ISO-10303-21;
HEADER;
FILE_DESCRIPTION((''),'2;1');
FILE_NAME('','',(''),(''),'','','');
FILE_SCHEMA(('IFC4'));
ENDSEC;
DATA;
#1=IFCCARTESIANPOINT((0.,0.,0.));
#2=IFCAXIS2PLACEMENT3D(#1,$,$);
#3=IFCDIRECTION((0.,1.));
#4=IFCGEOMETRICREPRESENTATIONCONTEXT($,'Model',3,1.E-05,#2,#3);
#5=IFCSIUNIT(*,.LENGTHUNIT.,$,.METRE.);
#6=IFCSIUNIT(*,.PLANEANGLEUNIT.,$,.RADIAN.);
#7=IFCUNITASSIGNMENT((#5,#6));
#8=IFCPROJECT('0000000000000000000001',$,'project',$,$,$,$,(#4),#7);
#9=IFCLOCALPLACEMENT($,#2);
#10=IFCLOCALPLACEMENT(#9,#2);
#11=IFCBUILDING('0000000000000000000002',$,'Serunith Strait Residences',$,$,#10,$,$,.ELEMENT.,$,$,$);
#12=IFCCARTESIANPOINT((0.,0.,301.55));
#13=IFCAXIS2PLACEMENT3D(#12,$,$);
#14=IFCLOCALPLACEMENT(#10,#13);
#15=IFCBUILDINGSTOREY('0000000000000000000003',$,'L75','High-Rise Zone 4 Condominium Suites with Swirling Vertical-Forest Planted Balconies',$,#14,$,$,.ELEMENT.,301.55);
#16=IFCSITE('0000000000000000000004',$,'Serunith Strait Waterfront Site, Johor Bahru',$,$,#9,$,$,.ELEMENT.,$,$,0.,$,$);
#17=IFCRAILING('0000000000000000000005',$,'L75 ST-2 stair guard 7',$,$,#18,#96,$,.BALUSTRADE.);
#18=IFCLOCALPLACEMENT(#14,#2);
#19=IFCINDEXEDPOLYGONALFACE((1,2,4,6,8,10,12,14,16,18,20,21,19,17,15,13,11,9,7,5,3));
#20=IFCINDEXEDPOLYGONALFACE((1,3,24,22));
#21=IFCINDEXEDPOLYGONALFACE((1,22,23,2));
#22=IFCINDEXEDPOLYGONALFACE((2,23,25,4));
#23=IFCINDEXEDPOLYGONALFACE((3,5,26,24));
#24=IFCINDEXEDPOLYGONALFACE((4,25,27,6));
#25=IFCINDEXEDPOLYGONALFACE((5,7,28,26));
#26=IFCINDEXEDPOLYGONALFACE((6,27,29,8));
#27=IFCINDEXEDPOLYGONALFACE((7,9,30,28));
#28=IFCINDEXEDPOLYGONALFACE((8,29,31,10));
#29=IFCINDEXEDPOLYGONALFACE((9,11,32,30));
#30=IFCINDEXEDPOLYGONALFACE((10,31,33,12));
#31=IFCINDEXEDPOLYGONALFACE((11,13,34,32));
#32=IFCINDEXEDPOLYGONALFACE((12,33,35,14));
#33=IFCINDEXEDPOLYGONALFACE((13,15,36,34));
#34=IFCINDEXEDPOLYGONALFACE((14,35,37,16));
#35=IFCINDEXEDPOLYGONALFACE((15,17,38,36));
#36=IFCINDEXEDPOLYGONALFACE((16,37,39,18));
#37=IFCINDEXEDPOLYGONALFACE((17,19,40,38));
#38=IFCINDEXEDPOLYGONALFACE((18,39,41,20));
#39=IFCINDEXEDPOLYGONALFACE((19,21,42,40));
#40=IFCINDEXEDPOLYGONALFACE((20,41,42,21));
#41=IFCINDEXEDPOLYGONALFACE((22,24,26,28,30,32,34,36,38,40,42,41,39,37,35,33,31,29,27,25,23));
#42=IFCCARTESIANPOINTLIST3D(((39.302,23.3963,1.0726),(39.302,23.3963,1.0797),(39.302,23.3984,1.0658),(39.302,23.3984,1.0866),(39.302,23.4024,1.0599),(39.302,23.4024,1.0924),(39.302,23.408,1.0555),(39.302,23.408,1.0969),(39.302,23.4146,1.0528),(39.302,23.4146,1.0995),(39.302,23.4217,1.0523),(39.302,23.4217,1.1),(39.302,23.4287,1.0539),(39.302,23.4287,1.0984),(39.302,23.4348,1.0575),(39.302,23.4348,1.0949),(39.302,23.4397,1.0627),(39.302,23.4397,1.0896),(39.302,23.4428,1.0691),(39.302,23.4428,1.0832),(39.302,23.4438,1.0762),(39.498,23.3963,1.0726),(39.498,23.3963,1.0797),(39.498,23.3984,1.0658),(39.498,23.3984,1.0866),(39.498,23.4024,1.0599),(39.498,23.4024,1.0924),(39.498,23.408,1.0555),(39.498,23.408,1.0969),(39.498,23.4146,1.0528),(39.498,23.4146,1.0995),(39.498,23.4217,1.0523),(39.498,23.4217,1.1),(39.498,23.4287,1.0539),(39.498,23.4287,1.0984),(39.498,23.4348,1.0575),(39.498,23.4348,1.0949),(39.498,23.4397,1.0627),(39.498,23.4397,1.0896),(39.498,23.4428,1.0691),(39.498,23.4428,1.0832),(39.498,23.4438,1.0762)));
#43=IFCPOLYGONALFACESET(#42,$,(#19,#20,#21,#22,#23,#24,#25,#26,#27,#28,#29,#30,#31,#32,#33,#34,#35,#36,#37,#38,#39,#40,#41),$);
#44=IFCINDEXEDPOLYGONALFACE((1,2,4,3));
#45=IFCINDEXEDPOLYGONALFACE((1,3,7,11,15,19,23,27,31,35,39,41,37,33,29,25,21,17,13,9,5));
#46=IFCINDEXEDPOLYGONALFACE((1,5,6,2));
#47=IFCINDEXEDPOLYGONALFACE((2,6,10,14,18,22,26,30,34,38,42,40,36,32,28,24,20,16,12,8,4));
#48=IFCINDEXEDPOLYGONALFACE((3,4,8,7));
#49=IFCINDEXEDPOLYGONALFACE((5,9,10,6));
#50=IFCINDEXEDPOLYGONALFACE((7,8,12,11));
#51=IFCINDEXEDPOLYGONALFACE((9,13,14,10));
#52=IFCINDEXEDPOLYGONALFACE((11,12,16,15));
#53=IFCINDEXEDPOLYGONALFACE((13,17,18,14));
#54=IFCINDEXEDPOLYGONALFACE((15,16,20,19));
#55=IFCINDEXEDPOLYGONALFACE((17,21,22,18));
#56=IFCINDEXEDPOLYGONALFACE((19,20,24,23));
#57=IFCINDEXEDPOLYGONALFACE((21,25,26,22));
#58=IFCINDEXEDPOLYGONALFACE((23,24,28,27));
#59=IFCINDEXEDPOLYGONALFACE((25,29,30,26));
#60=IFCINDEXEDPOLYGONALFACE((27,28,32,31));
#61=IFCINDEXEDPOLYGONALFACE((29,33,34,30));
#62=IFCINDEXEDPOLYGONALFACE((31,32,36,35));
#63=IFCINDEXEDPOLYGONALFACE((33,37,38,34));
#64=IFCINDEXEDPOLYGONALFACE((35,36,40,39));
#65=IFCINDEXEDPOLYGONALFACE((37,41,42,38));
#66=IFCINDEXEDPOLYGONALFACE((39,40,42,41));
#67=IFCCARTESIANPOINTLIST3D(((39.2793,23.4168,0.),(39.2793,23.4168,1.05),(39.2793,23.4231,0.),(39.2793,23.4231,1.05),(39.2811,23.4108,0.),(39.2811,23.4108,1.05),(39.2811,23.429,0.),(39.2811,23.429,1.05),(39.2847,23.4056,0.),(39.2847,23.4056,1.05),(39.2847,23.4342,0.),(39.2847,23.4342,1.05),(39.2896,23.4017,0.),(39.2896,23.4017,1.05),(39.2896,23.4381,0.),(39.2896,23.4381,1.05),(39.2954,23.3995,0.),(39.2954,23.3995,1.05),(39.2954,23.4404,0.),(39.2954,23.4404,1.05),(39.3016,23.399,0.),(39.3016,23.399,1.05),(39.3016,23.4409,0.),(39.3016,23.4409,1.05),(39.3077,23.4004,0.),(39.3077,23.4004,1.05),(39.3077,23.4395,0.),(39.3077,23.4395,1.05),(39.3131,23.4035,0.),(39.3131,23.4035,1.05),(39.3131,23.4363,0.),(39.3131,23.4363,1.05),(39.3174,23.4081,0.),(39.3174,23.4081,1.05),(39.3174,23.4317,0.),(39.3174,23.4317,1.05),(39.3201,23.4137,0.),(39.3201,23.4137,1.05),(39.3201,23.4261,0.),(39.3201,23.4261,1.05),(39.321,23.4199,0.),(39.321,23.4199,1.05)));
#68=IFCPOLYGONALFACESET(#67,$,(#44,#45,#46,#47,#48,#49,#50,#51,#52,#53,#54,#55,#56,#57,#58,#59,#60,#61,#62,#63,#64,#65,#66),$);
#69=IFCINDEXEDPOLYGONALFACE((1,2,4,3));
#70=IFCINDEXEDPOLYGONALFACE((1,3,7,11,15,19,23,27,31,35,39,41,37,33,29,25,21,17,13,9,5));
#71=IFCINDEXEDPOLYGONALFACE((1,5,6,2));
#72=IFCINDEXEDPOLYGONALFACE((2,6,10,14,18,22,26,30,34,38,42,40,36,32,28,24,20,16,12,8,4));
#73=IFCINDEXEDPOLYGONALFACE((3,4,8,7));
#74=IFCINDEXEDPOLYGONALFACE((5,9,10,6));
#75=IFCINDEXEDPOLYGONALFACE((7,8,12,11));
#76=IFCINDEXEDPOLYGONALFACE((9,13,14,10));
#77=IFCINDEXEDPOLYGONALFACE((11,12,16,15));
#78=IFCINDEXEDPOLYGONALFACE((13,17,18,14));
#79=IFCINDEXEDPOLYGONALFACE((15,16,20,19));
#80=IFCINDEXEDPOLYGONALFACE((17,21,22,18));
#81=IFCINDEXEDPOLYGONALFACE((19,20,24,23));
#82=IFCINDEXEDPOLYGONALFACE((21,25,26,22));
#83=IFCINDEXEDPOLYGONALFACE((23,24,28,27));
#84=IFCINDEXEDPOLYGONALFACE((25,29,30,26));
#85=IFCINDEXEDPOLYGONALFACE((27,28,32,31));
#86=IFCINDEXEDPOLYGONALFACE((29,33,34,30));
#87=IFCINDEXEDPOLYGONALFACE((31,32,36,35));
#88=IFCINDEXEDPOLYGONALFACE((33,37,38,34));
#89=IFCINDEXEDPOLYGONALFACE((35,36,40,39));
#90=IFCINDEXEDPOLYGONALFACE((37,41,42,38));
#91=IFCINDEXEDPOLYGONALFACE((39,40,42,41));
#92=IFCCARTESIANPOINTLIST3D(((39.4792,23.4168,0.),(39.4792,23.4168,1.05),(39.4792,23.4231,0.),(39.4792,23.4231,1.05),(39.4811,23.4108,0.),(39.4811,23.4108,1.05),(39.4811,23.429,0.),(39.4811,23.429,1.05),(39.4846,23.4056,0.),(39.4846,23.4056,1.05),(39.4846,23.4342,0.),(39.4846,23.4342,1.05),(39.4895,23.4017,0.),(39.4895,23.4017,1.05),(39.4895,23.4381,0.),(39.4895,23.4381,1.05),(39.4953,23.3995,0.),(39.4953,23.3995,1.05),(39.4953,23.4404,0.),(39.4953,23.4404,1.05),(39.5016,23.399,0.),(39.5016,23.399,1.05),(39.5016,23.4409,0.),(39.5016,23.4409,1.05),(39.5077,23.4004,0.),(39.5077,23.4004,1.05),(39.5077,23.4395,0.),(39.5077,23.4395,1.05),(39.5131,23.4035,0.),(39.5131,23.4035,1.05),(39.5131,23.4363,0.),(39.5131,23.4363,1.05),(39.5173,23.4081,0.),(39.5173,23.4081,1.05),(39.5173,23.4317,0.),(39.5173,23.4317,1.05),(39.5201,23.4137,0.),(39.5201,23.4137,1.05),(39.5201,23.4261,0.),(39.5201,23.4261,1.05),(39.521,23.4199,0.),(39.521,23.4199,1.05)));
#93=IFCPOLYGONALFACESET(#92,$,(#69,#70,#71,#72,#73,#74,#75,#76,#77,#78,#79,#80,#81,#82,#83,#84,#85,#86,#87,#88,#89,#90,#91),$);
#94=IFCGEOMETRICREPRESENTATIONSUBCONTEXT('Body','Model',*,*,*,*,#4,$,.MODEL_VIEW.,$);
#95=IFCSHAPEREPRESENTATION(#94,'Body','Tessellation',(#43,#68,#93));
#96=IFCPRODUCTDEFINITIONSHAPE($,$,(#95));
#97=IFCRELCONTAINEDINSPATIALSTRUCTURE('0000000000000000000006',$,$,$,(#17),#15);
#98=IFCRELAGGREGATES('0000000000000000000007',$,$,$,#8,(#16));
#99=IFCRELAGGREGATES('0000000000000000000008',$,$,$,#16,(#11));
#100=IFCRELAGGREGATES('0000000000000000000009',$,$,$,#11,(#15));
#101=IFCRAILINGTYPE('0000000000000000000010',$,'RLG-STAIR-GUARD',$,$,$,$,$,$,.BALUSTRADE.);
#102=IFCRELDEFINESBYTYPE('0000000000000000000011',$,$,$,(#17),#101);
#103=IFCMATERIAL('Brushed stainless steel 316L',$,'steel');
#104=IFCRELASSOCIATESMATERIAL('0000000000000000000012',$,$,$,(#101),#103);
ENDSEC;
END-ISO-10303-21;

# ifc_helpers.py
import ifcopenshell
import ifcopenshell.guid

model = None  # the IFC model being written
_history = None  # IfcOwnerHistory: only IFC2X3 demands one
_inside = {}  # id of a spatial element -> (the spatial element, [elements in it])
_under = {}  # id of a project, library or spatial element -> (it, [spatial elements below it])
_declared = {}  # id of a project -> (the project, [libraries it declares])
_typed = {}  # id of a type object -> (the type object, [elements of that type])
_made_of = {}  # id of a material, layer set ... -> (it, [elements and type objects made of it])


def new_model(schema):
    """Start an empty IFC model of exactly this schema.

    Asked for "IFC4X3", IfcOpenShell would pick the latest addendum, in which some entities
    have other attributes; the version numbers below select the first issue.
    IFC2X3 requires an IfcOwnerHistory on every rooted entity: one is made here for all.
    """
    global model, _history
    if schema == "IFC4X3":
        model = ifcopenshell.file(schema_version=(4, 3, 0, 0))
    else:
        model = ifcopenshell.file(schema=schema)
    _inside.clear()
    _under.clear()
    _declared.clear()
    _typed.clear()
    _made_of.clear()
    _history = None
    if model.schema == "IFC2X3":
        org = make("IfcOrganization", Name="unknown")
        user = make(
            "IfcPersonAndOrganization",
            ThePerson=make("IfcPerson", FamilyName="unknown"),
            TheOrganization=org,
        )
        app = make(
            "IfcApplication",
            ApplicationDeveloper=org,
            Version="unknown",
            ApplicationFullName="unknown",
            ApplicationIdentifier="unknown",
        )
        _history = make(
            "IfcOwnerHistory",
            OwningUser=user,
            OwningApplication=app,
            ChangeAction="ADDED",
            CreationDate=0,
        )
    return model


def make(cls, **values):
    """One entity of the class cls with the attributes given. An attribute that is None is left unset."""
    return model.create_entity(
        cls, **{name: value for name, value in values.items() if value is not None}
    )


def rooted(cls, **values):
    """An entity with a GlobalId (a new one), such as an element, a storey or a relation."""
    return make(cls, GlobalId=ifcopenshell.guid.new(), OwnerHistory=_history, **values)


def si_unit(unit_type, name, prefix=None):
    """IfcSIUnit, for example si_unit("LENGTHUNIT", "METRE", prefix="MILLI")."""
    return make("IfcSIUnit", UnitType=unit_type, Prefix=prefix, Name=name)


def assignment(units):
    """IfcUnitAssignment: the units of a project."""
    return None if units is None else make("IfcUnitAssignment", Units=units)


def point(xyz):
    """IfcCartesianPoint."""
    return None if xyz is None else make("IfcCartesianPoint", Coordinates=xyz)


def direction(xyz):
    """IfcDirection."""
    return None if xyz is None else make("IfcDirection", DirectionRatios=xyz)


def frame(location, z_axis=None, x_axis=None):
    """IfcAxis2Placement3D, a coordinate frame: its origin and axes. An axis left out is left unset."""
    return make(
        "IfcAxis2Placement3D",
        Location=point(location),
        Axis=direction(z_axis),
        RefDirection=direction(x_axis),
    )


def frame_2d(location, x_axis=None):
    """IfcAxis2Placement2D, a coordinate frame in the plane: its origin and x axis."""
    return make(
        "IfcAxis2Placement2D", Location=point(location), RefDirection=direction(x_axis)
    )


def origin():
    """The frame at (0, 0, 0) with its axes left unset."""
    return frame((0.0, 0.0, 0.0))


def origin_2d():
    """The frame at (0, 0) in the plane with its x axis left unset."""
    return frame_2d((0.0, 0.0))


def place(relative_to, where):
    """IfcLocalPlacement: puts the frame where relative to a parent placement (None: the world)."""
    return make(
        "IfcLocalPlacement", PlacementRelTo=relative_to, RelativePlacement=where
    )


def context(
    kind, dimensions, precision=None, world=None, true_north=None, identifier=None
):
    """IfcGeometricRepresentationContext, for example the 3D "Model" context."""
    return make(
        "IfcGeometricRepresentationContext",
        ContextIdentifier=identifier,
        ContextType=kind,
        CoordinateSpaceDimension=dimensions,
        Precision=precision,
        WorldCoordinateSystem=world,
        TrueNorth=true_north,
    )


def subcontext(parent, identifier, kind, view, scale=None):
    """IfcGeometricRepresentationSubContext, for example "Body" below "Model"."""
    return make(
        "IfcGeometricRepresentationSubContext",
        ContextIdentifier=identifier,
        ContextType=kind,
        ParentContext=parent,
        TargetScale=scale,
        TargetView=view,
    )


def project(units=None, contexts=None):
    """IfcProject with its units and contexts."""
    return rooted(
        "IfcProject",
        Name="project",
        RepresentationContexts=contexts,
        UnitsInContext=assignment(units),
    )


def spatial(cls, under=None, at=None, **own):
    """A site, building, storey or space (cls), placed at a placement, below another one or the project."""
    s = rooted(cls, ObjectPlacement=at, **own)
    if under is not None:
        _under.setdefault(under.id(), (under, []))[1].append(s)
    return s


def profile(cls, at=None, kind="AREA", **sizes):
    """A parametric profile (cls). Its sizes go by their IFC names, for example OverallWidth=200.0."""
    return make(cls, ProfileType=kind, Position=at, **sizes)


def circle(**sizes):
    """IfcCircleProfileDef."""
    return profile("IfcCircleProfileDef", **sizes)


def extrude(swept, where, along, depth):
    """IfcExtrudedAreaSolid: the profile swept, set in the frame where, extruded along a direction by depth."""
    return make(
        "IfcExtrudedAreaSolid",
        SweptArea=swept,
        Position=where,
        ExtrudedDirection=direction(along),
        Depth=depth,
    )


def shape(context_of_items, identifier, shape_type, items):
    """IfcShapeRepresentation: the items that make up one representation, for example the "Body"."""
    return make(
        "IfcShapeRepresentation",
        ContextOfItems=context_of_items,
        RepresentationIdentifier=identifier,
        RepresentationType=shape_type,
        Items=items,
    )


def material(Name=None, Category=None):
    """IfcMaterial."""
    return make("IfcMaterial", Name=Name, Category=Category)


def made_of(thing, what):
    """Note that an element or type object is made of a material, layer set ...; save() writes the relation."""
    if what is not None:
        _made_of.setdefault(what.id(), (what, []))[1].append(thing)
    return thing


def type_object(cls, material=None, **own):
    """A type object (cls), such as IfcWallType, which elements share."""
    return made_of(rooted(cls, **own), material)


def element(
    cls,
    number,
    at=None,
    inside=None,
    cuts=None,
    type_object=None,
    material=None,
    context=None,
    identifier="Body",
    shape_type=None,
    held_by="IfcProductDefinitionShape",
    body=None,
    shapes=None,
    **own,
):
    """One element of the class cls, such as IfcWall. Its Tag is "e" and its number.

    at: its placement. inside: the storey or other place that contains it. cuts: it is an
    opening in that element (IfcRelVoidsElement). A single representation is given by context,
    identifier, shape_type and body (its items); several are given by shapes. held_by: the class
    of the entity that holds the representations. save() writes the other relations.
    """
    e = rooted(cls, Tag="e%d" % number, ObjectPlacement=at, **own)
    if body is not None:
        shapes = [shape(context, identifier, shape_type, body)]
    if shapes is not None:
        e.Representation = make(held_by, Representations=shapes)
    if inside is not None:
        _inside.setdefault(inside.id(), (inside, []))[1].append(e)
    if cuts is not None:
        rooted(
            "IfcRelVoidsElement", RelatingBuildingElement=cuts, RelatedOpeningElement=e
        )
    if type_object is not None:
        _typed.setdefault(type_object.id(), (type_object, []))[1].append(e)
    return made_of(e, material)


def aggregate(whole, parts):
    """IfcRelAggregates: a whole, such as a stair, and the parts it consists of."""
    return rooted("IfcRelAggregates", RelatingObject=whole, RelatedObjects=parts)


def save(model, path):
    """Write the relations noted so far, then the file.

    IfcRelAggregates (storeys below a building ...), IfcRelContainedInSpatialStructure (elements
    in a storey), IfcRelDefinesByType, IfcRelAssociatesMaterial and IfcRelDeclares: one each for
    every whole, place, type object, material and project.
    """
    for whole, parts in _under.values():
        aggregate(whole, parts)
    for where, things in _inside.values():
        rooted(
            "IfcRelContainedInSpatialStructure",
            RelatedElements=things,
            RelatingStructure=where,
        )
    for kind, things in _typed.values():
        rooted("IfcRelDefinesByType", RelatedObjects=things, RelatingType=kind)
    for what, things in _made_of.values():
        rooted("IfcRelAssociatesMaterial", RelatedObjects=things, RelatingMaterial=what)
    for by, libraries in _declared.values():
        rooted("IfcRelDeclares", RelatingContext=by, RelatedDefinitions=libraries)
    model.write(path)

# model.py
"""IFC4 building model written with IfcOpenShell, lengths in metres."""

from ifc_helpers import new_model, si_unit, direction, frame, origin, origin_2d, place, context, subcontext, project, spatial, circle, extrude, material, type_object, element, save


model = new_model("IFC4")

# Units and contexts
model_context = context("Model", 3, precision=1e-05, world=origin(), true_north=direction((0.0, 1.0)))
body_context = subcontext(model_context, "Body", "Model", "MODEL_VIEW")
ifc_project = project(units=[si_unit("LENGTHUNIT", "METRE"), si_unit("PLANEANGLEUNIT", "RADIAN")], contexts=[model_context])

# Site, building, storey
site_placement = place(None, origin())
site = spatial("IfcSite", under=ifc_project, at=site_placement, Name="Serunith Strait Waterfront Site, Johor Bahru", CompositionType="ELEMENT", RefElevation=0.0)
building_placement = place(site_placement, origin())
building = spatial("IfcBuilding", under=site, at=building_placement, Name="Serunith Strait Residences", CompositionType="ELEMENT")
storey_placement = place(building_placement, frame((0.0, 0.0, 301.55)))
storey = spatial("IfcBuildingStorey", under=building, at=storey_placement, Name="L75", Description="High-Rise Zone 4 Condominium Suites with Swirling Vertical-Forest Planted Balconies", CompositionType="ELEMENT", Elevation=301.55)

# Railing
ifc_material_1 = material(Name="Brushed stainless steel 316L", Category="steel")
railing_type_1 = type_object("IfcRailingType", Name="RLG-STAIR-GUARD", PredefinedType="BALUSTRADE", material=ifc_material_1)
railing_1_placement = place(storey_placement, frame((39.3, 23.4199, 0.0)))
element("IfcRailing", 1, at=railing_1_placement, inside=storey, type_object=railing_type_1, Name="L75 ST-2 stair guard 7", PredefinedType="BALUSTRADE", context=body_context, shape_type="SweptSolid", body=[
    extrude(circle(Radius=0.0239, at=origin_2d()), frame((0.002, 0.0, 1.0762), z_axis=(1.0, 0.0, 0.0), x_axis=(0.0, 1.0, 0.0)), (0.0, 0.0, 1.0), 0.196),
    extrude(circle(Radius=0.021, at=origin_2d()), origin(), (0.0, 0.0, 1.0), 1.05),
    extrude(circle(Radius=0.021, at=origin_2d()), frame((0.2, 0.0, 0.0)), (0.0, 0.0, 1.0), 1.05),
])

save(model, "model.ifc")
